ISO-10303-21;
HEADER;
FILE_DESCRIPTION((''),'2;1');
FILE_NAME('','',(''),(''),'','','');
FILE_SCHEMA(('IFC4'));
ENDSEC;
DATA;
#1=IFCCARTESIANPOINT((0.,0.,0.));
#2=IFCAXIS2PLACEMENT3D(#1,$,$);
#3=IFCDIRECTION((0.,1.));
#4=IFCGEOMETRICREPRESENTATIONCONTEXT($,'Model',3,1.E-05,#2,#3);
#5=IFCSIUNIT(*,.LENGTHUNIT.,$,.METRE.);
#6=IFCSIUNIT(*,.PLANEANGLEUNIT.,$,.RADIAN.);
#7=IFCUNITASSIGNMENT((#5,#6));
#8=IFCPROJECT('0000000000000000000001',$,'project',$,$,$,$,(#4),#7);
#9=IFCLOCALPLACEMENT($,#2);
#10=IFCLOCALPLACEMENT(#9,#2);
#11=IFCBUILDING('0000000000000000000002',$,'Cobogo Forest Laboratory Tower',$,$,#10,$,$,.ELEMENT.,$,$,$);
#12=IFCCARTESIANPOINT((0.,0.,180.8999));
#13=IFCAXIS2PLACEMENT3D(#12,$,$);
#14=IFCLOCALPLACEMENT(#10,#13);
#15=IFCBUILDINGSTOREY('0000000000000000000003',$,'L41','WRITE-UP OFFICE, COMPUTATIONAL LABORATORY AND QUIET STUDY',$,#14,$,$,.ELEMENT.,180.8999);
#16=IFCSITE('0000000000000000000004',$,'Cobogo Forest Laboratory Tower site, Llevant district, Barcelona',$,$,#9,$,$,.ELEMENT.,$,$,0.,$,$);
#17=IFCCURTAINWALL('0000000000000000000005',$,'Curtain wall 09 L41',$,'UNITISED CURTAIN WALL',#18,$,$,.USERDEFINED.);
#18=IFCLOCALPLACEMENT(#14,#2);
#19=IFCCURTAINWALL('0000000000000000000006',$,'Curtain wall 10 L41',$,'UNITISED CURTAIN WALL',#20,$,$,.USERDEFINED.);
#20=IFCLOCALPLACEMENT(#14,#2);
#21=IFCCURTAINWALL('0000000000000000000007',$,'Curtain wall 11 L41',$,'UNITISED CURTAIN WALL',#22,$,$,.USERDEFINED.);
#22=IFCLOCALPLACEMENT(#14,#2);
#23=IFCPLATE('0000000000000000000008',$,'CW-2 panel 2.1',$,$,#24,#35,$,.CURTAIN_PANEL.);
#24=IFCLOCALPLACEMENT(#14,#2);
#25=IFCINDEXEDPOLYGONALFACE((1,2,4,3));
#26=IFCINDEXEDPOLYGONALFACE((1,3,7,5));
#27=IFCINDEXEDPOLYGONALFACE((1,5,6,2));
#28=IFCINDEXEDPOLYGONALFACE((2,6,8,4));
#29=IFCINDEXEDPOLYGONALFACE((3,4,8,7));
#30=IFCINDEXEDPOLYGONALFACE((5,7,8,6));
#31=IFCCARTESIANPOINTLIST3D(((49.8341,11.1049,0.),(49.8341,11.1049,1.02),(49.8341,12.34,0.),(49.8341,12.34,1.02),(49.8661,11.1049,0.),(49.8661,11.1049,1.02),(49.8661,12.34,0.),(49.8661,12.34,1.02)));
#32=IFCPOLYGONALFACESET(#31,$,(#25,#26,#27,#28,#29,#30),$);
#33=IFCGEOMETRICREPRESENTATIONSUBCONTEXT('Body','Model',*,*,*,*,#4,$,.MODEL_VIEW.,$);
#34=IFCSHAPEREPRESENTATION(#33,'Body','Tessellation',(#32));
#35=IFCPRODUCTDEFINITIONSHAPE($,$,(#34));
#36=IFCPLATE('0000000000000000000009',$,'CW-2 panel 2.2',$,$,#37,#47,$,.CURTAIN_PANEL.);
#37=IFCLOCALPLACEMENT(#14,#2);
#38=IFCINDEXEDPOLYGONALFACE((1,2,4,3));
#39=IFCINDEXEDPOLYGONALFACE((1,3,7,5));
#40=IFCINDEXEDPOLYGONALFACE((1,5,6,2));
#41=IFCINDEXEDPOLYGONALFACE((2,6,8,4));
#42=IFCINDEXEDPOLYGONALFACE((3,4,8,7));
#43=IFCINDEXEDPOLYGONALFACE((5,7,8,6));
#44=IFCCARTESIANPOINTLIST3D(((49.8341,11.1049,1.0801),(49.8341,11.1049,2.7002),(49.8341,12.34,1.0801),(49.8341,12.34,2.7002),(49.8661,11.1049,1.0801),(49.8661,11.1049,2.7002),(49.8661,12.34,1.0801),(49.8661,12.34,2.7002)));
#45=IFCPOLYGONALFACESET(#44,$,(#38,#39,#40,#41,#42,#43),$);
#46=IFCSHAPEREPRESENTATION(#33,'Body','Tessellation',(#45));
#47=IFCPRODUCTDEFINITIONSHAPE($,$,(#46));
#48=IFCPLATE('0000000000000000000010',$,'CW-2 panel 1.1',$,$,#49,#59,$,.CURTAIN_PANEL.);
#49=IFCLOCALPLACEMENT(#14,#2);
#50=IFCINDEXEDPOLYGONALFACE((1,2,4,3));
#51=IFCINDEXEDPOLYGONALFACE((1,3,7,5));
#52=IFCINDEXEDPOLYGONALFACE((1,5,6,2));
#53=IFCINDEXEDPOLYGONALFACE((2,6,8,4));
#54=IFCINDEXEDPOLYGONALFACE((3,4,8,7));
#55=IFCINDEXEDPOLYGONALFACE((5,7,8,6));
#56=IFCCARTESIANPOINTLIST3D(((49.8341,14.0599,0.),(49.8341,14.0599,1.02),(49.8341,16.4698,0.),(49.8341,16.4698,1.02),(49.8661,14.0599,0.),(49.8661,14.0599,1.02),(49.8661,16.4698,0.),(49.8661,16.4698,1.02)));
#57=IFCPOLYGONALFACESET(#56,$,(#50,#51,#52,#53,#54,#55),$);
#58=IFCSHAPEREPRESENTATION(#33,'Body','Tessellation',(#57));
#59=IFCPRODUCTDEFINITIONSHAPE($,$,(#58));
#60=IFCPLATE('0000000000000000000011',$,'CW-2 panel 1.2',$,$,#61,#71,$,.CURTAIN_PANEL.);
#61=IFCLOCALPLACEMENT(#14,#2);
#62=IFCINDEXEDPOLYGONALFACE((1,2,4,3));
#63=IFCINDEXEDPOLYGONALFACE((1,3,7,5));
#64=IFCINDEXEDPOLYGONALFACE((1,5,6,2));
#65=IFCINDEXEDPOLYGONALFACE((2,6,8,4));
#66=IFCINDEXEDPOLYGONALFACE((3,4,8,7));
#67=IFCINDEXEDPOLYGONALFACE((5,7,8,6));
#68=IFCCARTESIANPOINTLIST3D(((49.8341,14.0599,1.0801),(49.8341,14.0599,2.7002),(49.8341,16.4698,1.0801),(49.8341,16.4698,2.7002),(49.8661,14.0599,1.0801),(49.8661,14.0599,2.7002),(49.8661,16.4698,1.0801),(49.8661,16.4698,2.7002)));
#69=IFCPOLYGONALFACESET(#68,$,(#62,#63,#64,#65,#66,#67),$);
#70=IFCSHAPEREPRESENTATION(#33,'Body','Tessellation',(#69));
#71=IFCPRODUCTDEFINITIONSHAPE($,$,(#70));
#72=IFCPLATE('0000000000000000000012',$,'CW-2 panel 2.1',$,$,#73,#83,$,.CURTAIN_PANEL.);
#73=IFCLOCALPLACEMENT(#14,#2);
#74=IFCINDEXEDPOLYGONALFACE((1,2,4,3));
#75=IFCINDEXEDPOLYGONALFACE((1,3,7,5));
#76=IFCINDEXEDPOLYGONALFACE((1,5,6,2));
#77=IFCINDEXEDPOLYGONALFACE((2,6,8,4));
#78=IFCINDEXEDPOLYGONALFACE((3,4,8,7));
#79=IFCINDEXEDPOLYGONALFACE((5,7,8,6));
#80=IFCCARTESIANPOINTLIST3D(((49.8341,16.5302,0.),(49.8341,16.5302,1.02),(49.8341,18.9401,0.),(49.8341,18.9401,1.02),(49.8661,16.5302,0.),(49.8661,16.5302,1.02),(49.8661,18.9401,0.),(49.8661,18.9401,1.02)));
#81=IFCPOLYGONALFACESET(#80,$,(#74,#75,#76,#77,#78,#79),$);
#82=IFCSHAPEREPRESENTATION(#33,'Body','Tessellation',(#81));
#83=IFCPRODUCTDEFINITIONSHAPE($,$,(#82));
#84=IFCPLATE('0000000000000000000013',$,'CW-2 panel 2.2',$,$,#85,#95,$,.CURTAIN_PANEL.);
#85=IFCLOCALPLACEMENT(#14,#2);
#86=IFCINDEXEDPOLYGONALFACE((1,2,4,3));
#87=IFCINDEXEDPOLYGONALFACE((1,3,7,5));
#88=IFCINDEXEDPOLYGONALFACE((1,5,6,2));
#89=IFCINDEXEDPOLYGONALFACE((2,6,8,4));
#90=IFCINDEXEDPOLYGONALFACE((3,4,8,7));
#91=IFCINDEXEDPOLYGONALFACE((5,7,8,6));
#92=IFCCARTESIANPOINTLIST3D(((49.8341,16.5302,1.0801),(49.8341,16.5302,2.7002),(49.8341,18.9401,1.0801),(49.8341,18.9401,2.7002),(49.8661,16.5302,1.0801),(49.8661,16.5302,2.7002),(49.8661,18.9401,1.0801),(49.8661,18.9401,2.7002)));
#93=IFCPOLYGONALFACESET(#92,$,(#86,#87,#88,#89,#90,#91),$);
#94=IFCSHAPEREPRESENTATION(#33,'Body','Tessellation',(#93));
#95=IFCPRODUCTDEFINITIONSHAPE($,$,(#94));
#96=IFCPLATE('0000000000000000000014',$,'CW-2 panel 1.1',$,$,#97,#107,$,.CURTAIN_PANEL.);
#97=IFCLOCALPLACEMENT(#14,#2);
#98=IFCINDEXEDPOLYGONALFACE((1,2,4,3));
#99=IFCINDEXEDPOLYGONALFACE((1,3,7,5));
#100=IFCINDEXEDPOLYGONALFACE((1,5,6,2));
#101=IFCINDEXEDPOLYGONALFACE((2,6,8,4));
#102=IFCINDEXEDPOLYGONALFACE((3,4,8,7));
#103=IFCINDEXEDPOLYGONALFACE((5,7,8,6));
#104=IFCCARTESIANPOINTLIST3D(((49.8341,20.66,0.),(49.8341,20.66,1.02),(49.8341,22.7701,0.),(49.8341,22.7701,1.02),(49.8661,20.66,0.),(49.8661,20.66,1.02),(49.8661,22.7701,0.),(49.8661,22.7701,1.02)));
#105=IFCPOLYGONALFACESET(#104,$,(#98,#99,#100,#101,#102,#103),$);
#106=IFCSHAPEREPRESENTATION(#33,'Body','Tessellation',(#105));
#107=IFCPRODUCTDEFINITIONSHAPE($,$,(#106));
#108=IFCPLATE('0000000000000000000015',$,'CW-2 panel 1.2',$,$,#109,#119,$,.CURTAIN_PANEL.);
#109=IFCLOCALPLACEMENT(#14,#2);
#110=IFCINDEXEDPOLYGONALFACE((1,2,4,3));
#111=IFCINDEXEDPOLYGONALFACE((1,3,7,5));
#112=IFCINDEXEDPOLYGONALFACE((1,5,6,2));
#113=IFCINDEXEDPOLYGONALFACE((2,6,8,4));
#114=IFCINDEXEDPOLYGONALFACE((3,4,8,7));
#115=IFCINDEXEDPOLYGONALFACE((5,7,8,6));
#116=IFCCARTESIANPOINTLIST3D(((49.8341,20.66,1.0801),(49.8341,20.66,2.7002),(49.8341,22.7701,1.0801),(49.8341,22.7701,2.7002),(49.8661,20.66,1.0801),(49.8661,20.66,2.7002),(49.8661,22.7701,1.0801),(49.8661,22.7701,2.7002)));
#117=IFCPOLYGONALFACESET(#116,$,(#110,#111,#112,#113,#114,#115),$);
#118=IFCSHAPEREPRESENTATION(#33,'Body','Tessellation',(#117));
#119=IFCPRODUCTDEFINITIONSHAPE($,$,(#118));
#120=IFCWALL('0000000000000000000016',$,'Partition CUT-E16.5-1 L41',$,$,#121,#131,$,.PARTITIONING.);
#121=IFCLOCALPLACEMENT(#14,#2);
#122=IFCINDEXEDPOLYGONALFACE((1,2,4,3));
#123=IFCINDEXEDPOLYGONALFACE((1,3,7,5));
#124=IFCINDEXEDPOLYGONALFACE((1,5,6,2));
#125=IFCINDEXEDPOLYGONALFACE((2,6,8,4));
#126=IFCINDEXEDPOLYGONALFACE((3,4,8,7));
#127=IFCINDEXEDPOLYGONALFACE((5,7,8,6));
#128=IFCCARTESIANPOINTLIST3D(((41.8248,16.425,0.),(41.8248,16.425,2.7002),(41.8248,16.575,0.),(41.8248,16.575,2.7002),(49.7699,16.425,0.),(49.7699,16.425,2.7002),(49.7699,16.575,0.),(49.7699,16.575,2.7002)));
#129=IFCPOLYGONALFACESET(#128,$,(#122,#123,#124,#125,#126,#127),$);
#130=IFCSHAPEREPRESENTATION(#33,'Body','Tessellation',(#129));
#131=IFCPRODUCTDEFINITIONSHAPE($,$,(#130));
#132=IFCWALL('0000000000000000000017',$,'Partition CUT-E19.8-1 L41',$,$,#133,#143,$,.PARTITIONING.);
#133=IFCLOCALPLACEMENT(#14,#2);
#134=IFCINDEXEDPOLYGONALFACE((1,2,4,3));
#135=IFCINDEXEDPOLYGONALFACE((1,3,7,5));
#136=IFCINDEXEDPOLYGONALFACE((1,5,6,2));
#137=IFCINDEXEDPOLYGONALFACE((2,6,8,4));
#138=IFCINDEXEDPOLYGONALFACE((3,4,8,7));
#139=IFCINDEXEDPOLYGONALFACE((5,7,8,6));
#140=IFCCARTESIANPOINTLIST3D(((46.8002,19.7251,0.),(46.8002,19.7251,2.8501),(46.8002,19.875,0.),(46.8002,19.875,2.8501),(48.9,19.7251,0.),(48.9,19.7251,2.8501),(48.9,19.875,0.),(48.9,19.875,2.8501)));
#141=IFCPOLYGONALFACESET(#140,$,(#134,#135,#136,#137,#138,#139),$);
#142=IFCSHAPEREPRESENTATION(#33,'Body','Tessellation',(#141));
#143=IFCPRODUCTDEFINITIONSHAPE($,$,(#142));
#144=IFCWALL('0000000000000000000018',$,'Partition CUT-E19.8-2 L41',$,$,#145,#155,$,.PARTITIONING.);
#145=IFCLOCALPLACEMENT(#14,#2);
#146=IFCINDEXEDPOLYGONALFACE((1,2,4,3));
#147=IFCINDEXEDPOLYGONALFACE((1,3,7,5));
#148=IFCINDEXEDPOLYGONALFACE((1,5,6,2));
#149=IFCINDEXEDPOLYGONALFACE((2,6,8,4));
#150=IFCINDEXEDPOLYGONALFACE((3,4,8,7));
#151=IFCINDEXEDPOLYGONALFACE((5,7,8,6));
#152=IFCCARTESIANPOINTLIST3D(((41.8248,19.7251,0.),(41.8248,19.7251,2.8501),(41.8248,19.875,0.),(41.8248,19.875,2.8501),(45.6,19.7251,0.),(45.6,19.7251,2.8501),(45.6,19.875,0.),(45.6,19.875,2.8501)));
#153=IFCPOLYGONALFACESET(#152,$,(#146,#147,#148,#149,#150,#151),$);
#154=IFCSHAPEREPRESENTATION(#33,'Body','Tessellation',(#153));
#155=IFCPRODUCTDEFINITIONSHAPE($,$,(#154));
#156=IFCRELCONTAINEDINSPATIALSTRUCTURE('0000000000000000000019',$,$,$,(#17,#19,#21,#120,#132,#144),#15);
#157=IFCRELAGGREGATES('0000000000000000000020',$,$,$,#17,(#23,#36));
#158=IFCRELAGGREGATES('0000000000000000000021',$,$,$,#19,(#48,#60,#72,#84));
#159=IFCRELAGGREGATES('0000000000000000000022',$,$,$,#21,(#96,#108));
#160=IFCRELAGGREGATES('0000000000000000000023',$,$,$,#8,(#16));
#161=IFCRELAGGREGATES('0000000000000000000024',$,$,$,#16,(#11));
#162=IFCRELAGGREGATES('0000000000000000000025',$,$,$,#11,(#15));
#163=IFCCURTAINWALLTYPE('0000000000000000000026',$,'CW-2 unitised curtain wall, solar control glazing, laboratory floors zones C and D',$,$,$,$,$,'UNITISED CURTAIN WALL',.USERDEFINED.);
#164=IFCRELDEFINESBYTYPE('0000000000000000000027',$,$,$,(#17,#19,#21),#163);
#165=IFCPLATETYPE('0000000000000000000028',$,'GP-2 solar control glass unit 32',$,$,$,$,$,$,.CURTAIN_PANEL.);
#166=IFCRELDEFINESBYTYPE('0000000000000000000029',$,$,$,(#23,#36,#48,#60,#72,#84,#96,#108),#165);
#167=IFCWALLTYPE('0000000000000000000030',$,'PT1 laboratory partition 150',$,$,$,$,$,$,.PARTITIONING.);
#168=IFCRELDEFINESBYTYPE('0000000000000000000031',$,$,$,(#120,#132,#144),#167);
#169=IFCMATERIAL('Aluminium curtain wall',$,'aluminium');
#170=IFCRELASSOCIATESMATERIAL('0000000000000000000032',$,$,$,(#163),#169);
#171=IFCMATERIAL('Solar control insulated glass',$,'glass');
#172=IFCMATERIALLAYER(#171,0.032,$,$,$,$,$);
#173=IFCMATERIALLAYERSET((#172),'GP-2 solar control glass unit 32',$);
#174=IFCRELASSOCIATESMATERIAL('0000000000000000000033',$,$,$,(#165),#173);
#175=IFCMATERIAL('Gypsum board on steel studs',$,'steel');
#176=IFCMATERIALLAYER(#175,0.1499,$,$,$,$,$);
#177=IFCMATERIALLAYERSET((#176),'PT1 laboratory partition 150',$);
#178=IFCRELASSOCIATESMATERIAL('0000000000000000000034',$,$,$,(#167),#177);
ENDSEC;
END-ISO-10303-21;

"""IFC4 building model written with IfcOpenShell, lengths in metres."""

from ifc_helpers import new_model, si_unit, direction, frame, frame_2d, origin, origin_2d, place, context, subcontext, project, spatial, rectangle, extrude, material, layer, layer_set, type_object, element, aggregate, save


model = new_model("IFC4")

# Units and contexts
model_context = context("Model", 3, precision=1e-05, world=origin(), true_north=direction((0.0, 1.0)))
body_context = subcontext(model_context, "Body", "Model", "MODEL_VIEW")
ifc_project = project(units=[si_unit("LENGTHUNIT", "METRE"), si_unit("PLANEANGLEUNIT", "RADIAN")], contexts=[model_context])

# Site, building, storey
site_placement = place(None, origin())
site = spatial("IfcSite", under=ifc_project, at=site_placement, Name="Cobogo Forest Laboratory Tower site, Llevant district, Barcelona", CompositionType="ELEMENT", RefElevation=0.0)
building_placement = place(site_placement, origin())
building = spatial("IfcBuilding", under=site, at=building_placement, Name="Cobogo Forest Laboratory Tower", CompositionType="ELEMENT")
storey_placement = place(building_placement, frame((0.0, 0.0, 180.8999)))
storey = spatial("IfcBuildingStorey", under=building, at=storey_placement, Name="L41", Description="WRITE-UP OFFICE, COMPUTATIONAL LABORATORY AND QUIET STUDY", CompositionType="ELEMENT", Elevation=180.8999)

# Curtain wall
ifc_material_1 = material(Name="Aluminium curtain wall", Category="aluminium")
curtain_wall_type = type_object("IfcCurtainWallType", Name="CW-2 unitised curtain wall, solar control glazing, laboratory floors zones C and D", ElementType="UNITISED CURTAIN WALL", PredefinedType="USERDEFINED", material=ifc_material_1)
curtain_wall_1_placement = place(storey_placement, origin())
curtain_wall_1 = element("IfcCurtainWall", 1, at=curtain_wall_1_placement, inside=storey, type_object=curtain_wall_type, Name="Curtain wall 09 L41", ObjectType="UNITISED CURTAIN WALL", PredefinedType="USERDEFINED")

# Curtain wall
curtain_wall_2_placement = place(storey_placement, origin())
curtain_wall_2 = element("IfcCurtainWall", 2, at=curtain_wall_2_placement, inside=storey, type_object=curtain_wall_type, Name="Curtain wall 10 L41", ObjectType="UNITISED CURTAIN WALL", PredefinedType="USERDEFINED")

# Curtain wall
curtain_wall_3_placement = place(storey_placement, origin())
curtain_wall_3 = element("IfcCurtainWall", 3, at=curtain_wall_3_placement, inside=storey, type_object=curtain_wall_type, Name="Curtain wall 11 L41", ObjectType="UNITISED CURTAIN WALL", PredefinedType="USERDEFINED")

# Plates
ifc_material_2 = material(Name="Solar control insulated glass", Category="glass")
ifc_layer_1 = layer(ifc_material_2, 0.032)
ifc_layer_set_1 = layer_set([ifc_layer_1], Name="GP-2 solar control glass unit 32")
plate_type_1 = type_object("IfcPlateType", Name="GP-2 solar control glass unit 32", PredefinedType="CURTAIN_PANEL", material=ifc_layer_set_1)
plate_1_placement = place(storey_placement, frame((49.8501, 11.7224, 0.0), z_axis=(0.0, 0.0, 1.0), x_axis=(0.0, 1.0, 0.0)))
plate_1 = element("IfcPlate", 4, at=plate_1_placement, type_object=plate_type_1, Name="CW-2 panel 2.1", PredefinedType="CURTAIN_PANEL", context=body_context, shape_type="SweptSolid", body=[
    extrude(rectangle(XDim=1.2351, YDim=0.032, at=origin_2d()), origin(), (0.0, 0.0, 1.0), 1.02),
])
plate_2_placement = place(storey_placement, frame((49.8501, 11.7224, 1.0801), z_axis=(0.0, 0.0, 1.0), x_axis=(0.0, 1.0, 0.0)))
plate_2 = element("IfcPlate", 5, at=plate_2_placement, type_object=plate_type_1, Name="CW-2 panel 2.2", PredefinedType="CURTAIN_PANEL", context=body_context, shape_type="SweptSolid", body=[
    extrude(rectangle(XDim=1.2351, YDim=0.032, at=origin_2d()), origin(), (0.0, 0.0, 1.0), 1.6201),
])
aggregate(curtain_wall_1, [plate_1, plate_2])
plate_3_placement = place(storey_placement, frame((49.8501, 15.2649, 0.0), z_axis=(0.0, 0.0, 1.0), x_axis=(0.0, 1.0, 0.0)))
plate_3 = element("IfcPlate", 6, at=plate_3_placement, type_object=plate_type_1, Name="CW-2 panel 1.1", PredefinedType="CURTAIN_PANEL", context=body_context, shape_type="SweptSolid", body=[
    extrude(rectangle(XDim=2.4099, YDim=0.032, at=origin_2d()), origin(), (0.0, 0.0, 1.0), 1.02),
])
plate_4_placement = place(storey_placement, frame((49.8501, 15.2649, 1.0801), z_axis=(0.0, 0.0, 1.0), x_axis=(0.0, 1.0, 0.0)))
plate_4 = element("IfcPlate", 7, at=plate_4_placement, type_object=plate_type_1, Name="CW-2 panel 1.2", PredefinedType="CURTAIN_PANEL", context=body_context, shape_type="SweptSolid", body=[
    extrude(rectangle(XDim=2.4099, YDim=0.032, at=origin_2d()), origin(), (0.0, 0.0, 1.0), 1.6201),
])
plate_5_placement = place(storey_placement, frame((49.8501, 17.7351, 0.0), z_axis=(0.0, 0.0, 1.0), x_axis=(0.0, 1.0, 0.0)))
plate_5 = element("IfcPlate", 8, at=plate_5_placement, type_object=plate_type_1, Name="CW-2 panel 2.1", PredefinedType="CURTAIN_PANEL", context=body_context, shape_type="SweptSolid", body=[
    extrude(rectangle(XDim=2.4099, YDim=0.032, at=origin_2d()), origin(), (0.0, 0.0, 1.0), 1.02),
])
plate_6_placement = place(storey_placement, frame((49.8501, 17.7351, 1.0801), z_axis=(0.0, 0.0, 1.0), x_axis=(0.0, 1.0, 0.0)))
plate_6 = element("IfcPlate", 9, at=plate_6_placement, type_object=plate_type_1, Name="CW-2 panel 2.2", PredefinedType="CURTAIN_PANEL", context=body_context, shape_type="SweptSolid", body=[
    extrude(rectangle(XDim=2.4099, YDim=0.032, at=origin_2d()), origin(), (0.0, 0.0, 1.0), 1.6201),
])
aggregate(curtain_wall_2, [plate_3, plate_4, plate_5, plate_6])
plate_7_placement = place(storey_placement, frame((49.8501, 21.7151, 0.0), z_axis=(0.0, 0.0, 1.0), x_axis=(0.0, 1.0, 0.0)))
plate_7 = element("IfcPlate", 10, at=plate_7_placement, type_object=plate_type_1, Name="CW-2 panel 1.1", PredefinedType="CURTAIN_PANEL", context=body_context, shape_type="SweptSolid", body=[
    extrude(rectangle(XDim=2.1101, YDim=0.032, at=origin_2d()), origin(), (0.0, 0.0, 1.0), 1.02),
])
plate_8_placement = place(storey_placement, frame((49.8501, 21.7151, 1.0801), z_axis=(0.0, 0.0, 1.0), x_axis=(0.0, 1.0, 0.0)))
plate_8 = element("IfcPlate", 11, at=plate_8_placement, type_object=plate_type_1, Name="CW-2 panel 1.2", PredefinedType="CURTAIN_PANEL", context=body_context, shape_type="SweptSolid", body=[
    extrude(rectangle(XDim=2.1101, YDim=0.032, at=origin_2d()), origin(), (0.0, 0.0, 1.0), 1.6201),
])
aggregate(curtain_wall_3, [plate_7, plate_8])

# Walls
ifc_material_3 = material(Name="Gypsum board on steel studs", Category="steel")
ifc_layer_2 = layer(ifc_material_3, 0.1499)
ifc_layer_set_2 = layer_set([ifc_layer_2], Name="PT1 laboratory partition 150")
wall_type = type_object("IfcWallType", Name="PT1 laboratory partition 150", PredefinedType="PARTITIONING", material=ifc_layer_set_2)
wall_1_placement = place(storey_placement, frame((49.77, 16.5, 0.0), z_axis=(0.0, 0.0, 1.0), x_axis=(-1.0, 0.0, 0.0)))
element("IfcWall", 12, at=wall_1_placement, inside=storey, type_object=wall_type, Name="Partition CUT-E16.5-1 L41", PredefinedType="PARTITIONING", context=body_context, shape_type="SweptSolid", body=[
    extrude(rectangle(XDim=7.9451, YDim=0.1499, at=frame_2d((3.9727, 0.0))), origin(), (0.0, 0.0, 1.0), 2.7002),
])
wall_2_placement = place(storey_placement, frame((48.8999, 19.8, 0.0), z_axis=(0.0, 0.0, 1.0), x_axis=(-1.0, 0.0, 0.0)))
element("IfcWall", 13, at=wall_2_placement, inside=storey, type_object=wall_type, Name="Partition CUT-E19.8-1 L41", PredefinedType="PARTITIONING", context=body_context, shape_type="SweptSolid", body=[
    extrude(rectangle(XDim=2.0999, YDim=0.1499, at=frame_2d((1.0498, 0.0))), origin(), (0.0, 0.0, 1.0), 2.8501),
])
wall_3_placement = place(storey_placement, frame((45.6001, 19.8, 0.0), z_axis=(0.0, 0.0, 1.0), x_axis=(-1.0, 0.0, 0.0)))
element("IfcWall", 14, at=wall_3_placement, inside=storey, type_object=wall_type, Name="Partition CUT-E19.8-2 L41", PredefinedType="PARTITIONING", context=body_context, shape_type="SweptSolid", body=[
    extrude(rectangle(XDim=3.7751, YDim=0.1499, at=frame_2d((1.8877, 0.0))), origin(), (0.0, 0.0, 1.0), 2.8501),
])

save(model, "model.ifc")
